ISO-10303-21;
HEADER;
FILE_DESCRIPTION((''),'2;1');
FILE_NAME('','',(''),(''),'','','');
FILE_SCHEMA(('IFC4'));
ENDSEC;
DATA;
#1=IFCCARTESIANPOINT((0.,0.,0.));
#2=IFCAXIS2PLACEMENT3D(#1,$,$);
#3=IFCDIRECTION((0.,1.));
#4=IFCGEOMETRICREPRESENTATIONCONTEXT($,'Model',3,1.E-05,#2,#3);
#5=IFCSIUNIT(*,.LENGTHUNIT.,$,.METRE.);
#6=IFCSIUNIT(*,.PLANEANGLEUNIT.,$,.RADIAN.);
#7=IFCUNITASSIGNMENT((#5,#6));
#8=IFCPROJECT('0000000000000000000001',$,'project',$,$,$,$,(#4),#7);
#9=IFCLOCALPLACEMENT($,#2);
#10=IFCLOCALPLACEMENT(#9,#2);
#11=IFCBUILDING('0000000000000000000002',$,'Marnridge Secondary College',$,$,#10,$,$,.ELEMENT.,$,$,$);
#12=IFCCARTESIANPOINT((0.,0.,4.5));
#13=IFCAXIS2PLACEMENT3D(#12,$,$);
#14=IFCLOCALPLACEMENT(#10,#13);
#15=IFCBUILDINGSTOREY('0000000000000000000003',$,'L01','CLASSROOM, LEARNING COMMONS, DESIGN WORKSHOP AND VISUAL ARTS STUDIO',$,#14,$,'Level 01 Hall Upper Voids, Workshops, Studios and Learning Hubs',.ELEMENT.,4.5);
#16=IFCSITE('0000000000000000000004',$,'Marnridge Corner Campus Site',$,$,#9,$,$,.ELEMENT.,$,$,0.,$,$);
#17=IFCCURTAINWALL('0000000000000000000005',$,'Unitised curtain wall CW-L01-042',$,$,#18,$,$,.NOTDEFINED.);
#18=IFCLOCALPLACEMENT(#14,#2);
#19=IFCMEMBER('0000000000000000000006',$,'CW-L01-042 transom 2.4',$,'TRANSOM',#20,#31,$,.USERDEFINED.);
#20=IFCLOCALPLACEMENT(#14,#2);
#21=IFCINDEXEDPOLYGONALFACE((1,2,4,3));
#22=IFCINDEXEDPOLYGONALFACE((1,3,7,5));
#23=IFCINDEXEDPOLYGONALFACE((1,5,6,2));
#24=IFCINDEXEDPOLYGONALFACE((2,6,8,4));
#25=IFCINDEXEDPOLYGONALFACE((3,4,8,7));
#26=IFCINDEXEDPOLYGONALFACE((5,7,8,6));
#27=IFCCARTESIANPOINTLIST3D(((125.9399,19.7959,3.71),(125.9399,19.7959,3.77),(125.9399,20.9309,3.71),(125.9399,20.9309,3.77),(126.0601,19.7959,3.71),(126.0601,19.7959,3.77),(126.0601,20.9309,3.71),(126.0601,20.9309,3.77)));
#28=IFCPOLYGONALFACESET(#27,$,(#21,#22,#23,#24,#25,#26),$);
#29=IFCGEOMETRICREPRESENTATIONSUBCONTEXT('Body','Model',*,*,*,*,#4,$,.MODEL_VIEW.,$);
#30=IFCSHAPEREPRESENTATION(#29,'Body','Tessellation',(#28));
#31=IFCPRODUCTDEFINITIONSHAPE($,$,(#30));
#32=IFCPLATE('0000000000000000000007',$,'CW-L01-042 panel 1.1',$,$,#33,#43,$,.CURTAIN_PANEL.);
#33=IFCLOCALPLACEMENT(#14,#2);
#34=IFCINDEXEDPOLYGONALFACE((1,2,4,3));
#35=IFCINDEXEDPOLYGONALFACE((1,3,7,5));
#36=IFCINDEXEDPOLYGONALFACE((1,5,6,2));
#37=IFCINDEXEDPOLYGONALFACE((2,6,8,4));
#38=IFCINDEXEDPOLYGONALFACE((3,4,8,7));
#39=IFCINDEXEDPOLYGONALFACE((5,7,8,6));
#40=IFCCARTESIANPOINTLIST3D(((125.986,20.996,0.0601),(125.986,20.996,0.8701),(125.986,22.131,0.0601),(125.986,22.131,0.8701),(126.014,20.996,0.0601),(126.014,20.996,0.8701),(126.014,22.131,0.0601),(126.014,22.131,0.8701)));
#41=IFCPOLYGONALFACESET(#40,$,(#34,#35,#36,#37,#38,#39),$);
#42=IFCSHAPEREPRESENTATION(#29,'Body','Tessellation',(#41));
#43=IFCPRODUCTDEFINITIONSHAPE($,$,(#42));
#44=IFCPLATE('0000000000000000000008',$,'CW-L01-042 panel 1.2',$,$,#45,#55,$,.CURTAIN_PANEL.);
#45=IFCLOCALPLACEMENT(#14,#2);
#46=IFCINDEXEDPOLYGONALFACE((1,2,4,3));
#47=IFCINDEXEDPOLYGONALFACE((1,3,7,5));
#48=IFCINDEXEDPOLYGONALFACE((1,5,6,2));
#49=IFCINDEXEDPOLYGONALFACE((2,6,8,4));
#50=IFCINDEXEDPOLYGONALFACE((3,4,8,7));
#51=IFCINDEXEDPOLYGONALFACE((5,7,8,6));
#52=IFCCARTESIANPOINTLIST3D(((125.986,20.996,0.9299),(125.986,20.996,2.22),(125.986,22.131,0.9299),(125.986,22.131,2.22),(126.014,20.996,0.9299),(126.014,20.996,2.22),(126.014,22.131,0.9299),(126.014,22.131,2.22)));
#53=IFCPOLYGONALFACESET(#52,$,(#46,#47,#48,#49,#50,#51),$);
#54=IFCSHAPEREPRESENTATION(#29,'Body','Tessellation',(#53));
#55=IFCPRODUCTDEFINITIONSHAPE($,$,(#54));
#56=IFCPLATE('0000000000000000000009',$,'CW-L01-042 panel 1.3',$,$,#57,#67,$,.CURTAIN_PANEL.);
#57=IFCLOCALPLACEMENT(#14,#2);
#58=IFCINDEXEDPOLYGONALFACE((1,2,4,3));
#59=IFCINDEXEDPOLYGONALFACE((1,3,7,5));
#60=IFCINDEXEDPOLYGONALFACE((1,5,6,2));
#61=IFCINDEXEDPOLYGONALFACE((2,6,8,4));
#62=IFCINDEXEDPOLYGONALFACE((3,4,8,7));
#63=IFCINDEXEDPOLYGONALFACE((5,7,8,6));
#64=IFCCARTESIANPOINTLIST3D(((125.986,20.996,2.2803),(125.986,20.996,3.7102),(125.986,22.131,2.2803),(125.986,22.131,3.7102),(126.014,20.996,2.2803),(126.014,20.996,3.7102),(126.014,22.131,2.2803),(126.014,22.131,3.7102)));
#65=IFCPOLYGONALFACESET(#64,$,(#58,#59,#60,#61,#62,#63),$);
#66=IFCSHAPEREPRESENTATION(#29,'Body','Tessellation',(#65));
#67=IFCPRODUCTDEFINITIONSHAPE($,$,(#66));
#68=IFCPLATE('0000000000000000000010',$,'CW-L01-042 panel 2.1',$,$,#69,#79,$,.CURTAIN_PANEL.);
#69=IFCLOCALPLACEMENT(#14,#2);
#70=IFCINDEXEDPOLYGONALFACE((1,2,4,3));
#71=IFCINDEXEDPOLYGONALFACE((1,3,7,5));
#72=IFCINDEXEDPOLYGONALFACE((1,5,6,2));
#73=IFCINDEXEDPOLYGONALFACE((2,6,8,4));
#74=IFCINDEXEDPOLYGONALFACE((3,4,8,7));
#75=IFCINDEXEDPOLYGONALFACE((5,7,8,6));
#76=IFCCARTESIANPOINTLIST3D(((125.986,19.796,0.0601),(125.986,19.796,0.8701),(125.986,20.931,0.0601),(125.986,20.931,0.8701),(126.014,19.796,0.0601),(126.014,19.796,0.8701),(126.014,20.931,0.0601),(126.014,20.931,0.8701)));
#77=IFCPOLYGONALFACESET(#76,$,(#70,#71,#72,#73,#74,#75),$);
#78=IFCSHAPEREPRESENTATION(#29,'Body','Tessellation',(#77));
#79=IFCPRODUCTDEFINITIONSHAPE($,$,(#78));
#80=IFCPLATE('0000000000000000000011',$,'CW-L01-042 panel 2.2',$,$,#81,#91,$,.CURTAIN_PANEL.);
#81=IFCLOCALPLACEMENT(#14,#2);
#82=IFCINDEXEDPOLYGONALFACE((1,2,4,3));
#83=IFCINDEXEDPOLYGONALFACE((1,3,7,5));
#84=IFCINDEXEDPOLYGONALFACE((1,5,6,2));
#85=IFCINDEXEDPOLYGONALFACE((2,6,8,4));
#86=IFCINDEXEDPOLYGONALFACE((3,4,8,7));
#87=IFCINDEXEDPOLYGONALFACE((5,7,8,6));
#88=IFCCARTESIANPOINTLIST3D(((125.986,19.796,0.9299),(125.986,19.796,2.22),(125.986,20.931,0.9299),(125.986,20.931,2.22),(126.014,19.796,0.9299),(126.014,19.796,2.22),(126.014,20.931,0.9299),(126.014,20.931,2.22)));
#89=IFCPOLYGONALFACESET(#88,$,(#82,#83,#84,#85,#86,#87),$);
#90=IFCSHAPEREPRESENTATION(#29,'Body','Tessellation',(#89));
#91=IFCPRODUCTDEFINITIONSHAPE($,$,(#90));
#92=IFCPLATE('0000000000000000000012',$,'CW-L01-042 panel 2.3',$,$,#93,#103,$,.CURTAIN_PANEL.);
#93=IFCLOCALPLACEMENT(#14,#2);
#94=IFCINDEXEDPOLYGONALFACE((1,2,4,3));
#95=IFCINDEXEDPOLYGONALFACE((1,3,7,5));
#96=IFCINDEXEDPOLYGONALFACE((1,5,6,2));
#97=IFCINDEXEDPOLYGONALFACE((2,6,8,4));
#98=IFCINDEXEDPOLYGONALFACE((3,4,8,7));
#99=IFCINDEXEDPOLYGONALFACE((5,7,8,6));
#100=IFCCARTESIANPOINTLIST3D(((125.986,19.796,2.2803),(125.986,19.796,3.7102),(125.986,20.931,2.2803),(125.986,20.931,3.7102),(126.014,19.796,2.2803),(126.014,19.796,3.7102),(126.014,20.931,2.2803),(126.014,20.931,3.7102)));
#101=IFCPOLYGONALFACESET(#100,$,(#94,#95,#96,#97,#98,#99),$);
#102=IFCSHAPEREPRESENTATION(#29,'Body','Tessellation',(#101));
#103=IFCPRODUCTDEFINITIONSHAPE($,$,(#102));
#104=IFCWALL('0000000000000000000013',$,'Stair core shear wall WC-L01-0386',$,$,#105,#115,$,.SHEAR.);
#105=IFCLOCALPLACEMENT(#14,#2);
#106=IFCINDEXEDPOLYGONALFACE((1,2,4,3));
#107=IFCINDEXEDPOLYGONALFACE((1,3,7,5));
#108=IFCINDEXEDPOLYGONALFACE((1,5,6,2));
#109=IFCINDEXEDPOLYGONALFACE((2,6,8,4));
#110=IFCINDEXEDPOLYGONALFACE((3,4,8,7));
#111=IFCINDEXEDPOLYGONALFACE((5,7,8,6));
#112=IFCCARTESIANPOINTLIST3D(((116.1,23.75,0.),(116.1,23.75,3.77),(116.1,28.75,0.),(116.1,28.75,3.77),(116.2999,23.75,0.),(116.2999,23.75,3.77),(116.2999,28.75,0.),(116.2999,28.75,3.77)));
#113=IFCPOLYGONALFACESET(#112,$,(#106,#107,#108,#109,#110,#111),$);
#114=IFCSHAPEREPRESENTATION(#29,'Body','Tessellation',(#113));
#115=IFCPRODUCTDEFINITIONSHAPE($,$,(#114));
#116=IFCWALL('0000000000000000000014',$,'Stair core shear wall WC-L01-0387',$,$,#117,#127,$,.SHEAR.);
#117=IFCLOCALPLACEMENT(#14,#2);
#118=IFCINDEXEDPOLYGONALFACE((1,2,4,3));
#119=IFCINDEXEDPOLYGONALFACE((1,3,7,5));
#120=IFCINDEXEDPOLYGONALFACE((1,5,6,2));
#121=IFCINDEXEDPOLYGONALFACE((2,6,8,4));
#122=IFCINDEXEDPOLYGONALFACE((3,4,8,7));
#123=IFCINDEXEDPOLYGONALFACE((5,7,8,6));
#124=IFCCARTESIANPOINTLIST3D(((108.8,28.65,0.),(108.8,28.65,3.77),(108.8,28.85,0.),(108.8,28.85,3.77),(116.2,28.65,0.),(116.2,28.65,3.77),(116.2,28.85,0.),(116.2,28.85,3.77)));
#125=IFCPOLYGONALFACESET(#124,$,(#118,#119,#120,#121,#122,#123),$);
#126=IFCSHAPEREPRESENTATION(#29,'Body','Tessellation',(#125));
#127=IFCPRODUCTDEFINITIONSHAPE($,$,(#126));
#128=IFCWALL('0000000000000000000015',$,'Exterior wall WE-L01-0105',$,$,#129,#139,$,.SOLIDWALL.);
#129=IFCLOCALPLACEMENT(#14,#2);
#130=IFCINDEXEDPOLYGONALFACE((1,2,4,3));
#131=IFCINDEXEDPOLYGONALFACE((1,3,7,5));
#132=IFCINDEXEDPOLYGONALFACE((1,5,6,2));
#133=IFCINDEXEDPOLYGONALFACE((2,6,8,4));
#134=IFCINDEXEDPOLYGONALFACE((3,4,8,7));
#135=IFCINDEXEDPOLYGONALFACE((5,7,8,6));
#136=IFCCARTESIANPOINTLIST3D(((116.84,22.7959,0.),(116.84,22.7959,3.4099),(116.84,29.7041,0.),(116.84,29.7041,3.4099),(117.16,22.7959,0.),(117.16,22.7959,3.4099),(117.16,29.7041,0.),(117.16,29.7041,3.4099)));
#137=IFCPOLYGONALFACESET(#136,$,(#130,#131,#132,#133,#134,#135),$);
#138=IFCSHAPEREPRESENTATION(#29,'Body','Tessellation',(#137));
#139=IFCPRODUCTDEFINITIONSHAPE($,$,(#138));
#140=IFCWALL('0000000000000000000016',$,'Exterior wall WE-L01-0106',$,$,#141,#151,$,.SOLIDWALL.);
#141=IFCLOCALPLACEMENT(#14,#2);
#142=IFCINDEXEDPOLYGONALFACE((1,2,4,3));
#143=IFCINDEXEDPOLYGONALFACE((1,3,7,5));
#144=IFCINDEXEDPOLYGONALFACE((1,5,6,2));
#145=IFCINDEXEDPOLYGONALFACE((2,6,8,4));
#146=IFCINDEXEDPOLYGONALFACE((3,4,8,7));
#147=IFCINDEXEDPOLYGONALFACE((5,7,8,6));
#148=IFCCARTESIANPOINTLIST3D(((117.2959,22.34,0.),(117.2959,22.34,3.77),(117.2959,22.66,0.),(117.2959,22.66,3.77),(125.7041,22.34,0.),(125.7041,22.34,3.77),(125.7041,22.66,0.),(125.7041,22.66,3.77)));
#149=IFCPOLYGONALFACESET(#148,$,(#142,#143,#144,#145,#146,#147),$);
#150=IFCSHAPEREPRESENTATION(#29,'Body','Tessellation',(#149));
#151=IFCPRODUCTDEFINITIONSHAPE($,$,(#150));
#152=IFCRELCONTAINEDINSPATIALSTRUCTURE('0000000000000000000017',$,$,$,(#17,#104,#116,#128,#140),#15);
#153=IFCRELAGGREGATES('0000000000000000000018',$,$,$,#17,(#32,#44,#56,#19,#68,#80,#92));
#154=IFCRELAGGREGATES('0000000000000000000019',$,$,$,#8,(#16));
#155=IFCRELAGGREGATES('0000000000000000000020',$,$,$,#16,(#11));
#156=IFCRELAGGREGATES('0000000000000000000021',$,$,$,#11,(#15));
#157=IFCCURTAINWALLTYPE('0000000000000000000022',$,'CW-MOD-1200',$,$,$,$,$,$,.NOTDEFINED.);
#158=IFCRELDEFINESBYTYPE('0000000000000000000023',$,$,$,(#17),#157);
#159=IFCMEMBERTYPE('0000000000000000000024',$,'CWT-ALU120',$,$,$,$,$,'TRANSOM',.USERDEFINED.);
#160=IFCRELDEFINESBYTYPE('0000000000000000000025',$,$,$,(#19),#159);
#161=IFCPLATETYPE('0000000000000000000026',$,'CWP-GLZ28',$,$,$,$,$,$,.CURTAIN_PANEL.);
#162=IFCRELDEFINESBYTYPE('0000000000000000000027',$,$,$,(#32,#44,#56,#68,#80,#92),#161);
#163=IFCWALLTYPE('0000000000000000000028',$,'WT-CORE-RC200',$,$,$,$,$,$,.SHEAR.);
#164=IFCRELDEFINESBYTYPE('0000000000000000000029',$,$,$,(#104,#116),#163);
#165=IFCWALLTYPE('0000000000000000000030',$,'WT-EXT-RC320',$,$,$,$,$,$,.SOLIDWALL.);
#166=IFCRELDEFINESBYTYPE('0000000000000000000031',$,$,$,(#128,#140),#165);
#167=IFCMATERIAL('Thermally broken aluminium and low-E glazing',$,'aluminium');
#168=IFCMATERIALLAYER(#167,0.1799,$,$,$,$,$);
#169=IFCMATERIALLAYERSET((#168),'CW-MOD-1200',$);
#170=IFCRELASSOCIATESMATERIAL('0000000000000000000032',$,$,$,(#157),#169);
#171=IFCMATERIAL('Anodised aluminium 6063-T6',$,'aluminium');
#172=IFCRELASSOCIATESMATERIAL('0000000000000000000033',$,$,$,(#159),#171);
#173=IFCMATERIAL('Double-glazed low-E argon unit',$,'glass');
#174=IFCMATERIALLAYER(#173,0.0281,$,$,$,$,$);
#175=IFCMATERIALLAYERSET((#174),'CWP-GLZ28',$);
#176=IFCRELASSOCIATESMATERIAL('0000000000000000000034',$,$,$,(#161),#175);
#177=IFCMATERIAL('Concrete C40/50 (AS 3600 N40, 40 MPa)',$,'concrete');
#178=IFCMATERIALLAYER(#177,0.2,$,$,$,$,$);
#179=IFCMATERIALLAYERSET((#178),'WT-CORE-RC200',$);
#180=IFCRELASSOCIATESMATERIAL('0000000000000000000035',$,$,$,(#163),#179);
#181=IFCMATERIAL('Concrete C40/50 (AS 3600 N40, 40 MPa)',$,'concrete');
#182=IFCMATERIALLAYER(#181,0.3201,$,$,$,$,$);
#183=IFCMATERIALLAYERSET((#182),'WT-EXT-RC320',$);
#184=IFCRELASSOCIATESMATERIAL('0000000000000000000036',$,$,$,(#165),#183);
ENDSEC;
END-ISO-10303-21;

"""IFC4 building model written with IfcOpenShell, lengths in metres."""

from ifc_helpers import new_model, si_unit, direction, frame, frame_2d, origin, origin_2d, place, context, subcontext, project, spatial, rectangle, extrude, material, layer, layer_set, material_profile, profile_set, type_object, element, aggregate, save


model = new_model("IFC4")

# Units and contexts
model_context = context("Model", 3, precision=1e-05, world=origin(), true_north=direction((0.0, 1.0)))
body_context = subcontext(model_context, "Body", "Model", "MODEL_VIEW")
ifc_project = project(units=[si_unit("LENGTHUNIT", "METRE"), si_unit("PLANEANGLEUNIT", "RADIAN")], contexts=[model_context])

# Site, building, storey
site_placement = place(None, origin())
site = spatial("IfcSite", under=ifc_project, at=site_placement, Name="Marnridge Corner Campus Site", CompositionType="ELEMENT", RefElevation=0.0)
building_placement = place(site_placement, origin())
building = spatial("IfcBuilding", under=site, at=building_placement, Name="Marnridge Secondary College", CompositionType="ELEMENT")
storey_placement = place(building_placement, frame((0.0, 0.0, 4.5)))
storey = spatial("IfcBuildingStorey", under=building, at=storey_placement, Name="L01", Description="CLASSROOM, LEARNING COMMONS, DESIGN WORKSHOP AND VISUAL ARTS STUDIO", LongName="Level 01 Hall Upper Voids, Workshops, Studios and Learning Hubs", CompositionType="ELEMENT", Elevation=4.5)

# Curtain wall, member, plates
ifc_material_1 = material(Name="Thermally broken aluminium and low-E glazing", Category="aluminium")
ifc_layer_1 = layer(ifc_material_1, 0.1799)
ifc_layer_set_1 = layer_set([ifc_layer_1], Name="CW-MOD-1200")
curtain_wall_type = type_object("IfcCurtainWallType", Name="CW-MOD-1200", PredefinedType="NOTDEFINED", material=ifc_layer_set_1)
curtain_wall_placement = place(storey_placement, origin())
curtain_wall = element("IfcCurtainWall", 1, at=curtain_wall_placement, inside=storey, type_object=curtain_wall_type, Name="Unitised curtain wall CW-L01-042", PredefinedType="NOTDEFINED")
ifc_material_2 = material(Name="Anodised aluminium 6063-T6", Category="aluminium")
ifc_material_profile_1 = material_profile(ifc_material_2, rectangle(XDim=0.0601, YDim=0.1201, at=origin_2d()), Name="ALU 60x120")
ifc_profile_set_1 = profile_set([ifc_material_profile_1], Name="Anodised aluminium 6063-T6")
member_type_1 = type_object("IfcMemberType", Name="CWT-ALU120", ElementType="TRANSOM", PredefinedType="USERDEFINED", material=ifc_profile_set_1)
member_1_placement = place(storey_placement, frame((126.0, 20.9309, 3.74), z_axis=(0.0, -1.0, 0.0), x_axis=(0.0, 0.0, 1.0)))
member_1 = element("IfcMember", 2, at=member_1_placement, type_object=member_type_1, Name="CW-L01-042 transom 2.4", ObjectType="TRANSOM", PredefinedType="USERDEFINED", context=body_context, shape_type="SweptSolid", body=[
    extrude(rectangle(XDim=0.0601, YDim=0.1201, at=origin_2d()), origin(), (0.0, 0.0, 1.0), 1.135),
])
ifc_material_3 = material(Name="Double-glazed low-E argon unit", Category="glass")
ifc_layer_2 = layer(ifc_material_3, 0.0281)
ifc_layer_set_2 = layer_set([ifc_layer_2], Name="CWP-GLZ28")
plate_type = type_object("IfcPlateType", Name="CWP-GLZ28", PredefinedType="CURTAIN_PANEL", material=ifc_layer_set_2)
plate_1_placement = place(storey_placement, frame((126.0, 21.5635, 0.0601), z_axis=(0.0, 0.0, 1.0), x_axis=(0.0, -1.0, 0.0)))
plate_1 = element("IfcPlate", 3, at=plate_1_placement, type_object=plate_type, Name="CW-L01-042 panel 1.1", PredefinedType="CURTAIN_PANEL", context=body_context, shape_type="SweptSolid", body=[
    extrude(rectangle(XDim=1.135, YDim=0.0281, at=origin_2d()), origin(), (0.0, 0.0, 1.0), 0.8101),
])
plate_2_placement = place(storey_placement, frame((126.0, 21.5635, 0.9299), z_axis=(0.0, 0.0, 1.0), x_axis=(0.0, -1.0, 0.0)))
plate_2 = element("IfcPlate", 4, at=plate_2_placement, type_object=plate_type, Name="CW-L01-042 panel 1.2", PredefinedType="CURTAIN_PANEL", context=body_context, shape_type="SweptSolid", body=[
    extrude(rectangle(XDim=1.135, YDim=0.0281, at=origin_2d()), origin(), (0.0, 0.0, 1.0), 1.29),
])
plate_3_placement = place(storey_placement, frame((126.0, 21.5635, 2.2803), z_axis=(0.0, 0.0, 1.0), x_axis=(0.0, -1.0, 0.0)))
plate_3 = element("IfcPlate", 5, at=plate_3_placement, type_object=plate_type, Name="CW-L01-042 panel 1.3", PredefinedType="CURTAIN_PANEL", context=body_context, shape_type="SweptSolid", body=[
    extrude(rectangle(XDim=1.135, YDim=0.0281, at=origin_2d()), origin(), (0.0, 0.0, 1.0), 1.4299),
])
plate_4_placement = place(storey_placement, frame((126.0, 20.3635, 0.0601), z_axis=(0.0, 0.0, 1.0), x_axis=(0.0, -1.0, 0.0)))
plate_4 = element("IfcPlate", 6, at=plate_4_placement, type_object=plate_type, Name="CW-L01-042 panel 2.1", PredefinedType="CURTAIN_PANEL", context=body_context, shape_type="SweptSolid", body=[
    extrude(rectangle(XDim=1.135, YDim=0.0281, at=origin_2d()), origin(), (0.0, 0.0, 1.0), 0.8101),
])
plate_5_placement = place(storey_placement, frame((126.0, 20.3635, 0.9299), z_axis=(0.0, 0.0, 1.0), x_axis=(0.0, -1.0, 0.0)))
plate_5 = element("IfcPlate", 7, at=plate_5_placement, type_object=plate_type, Name="CW-L01-042 panel 2.2", PredefinedType="CURTAIN_PANEL", context=body_context, shape_type="SweptSolid", body=[
    extrude(rectangle(XDim=1.135, YDim=0.0281, at=origin_2d()), origin(), (0.0, 0.0, 1.0), 1.29),
])
plate_6_placement = place(storey_placement, frame((126.0, 20.3635, 2.2803), z_axis=(0.0, 0.0, 1.0), x_axis=(0.0, -1.0, 0.0)))
plate_6 = element("IfcPlate", 8, at=plate_6_placement, type_object=plate_type, Name="CW-L01-042 panel 2.3", PredefinedType="CURTAIN_PANEL", context=body_context, shape_type="SweptSolid", body=[
    extrude(rectangle(XDim=1.135, YDim=0.0281, at=origin_2d()), origin(), (0.0, 0.0, 1.0), 1.4299),
])
aggregate(curtain_wall, [plate_1, plate_2, plate_3, member_1, plate_4, plate_5, plate_6])

# Walls
ifc_material_4 = material(Name="Concrete C40/50 (AS 3600 N40, 40 MPa)", Category="concrete")
ifc_layer_3 = layer(ifc_material_4, 0.2)
ifc_layer_set_3 = layer_set([ifc_layer_3], Name="WT-CORE-RC200")
wall_type_1 = type_object("IfcWallType", Name="WT-CORE-RC200", PredefinedType="SHEAR", material=ifc_layer_set_3)
wall_1_placement = place(storey_placement, frame((116.2, 23.75, 0.0), z_axis=(0.0, 0.0, 1.0), x_axis=(0.0, 1.0, 0.0)))
element("IfcWall", 9, at=wall_1_placement, inside=storey, type_object=wall_type_1, Name="Stair core shear wall WC-L01-0386", PredefinedType="SHEAR", context=body_context, shape_type="SweptSolid", body=[
    extrude(rectangle(XDim=5.0, YDim=0.2, at=frame_2d((2.5, 0.0))), origin(), (0.0, 0.0, 1.0), 3.77),
])
wall_2_placement = place(storey_placement, frame((116.2, 28.75, 0.0), z_axis=(0.0, 0.0, 1.0), x_axis=(-1.0, 0.0, 0.0)))
element("IfcWall", 10, at=wall_2_placement, inside=storey, type_object=wall_type_1, Name="Stair core shear wall WC-L01-0387", PredefinedType="SHEAR", context=body_context, shape_type="SweptSolid", body=[
    extrude(rectangle(XDim=7.3999, YDim=0.2, at=frame_2d((3.7, 0.0))), origin(), (0.0, 0.0, 1.0), 3.77),
])
ifc_material_5 = material(Name="Concrete C40/50 (AS 3600 N40, 40 MPa)", Category="concrete")
ifc_layer_4 = layer(ifc_material_5, 0.3201)
ifc_layer_set_4 = layer_set([ifc_layer_4], Name="WT-EXT-RC320")
wall_type_2 = type_object("IfcWallType", Name="WT-EXT-RC320", PredefinedType="SOLIDWALL", material=ifc_layer_set_4)
wall_3_placement = place(storey_placement, frame((117.0, 29.7041, 0.0), z_axis=(0.0, 0.0, 1.0), x_axis=(0.0, -1.0, 0.0)))
element("IfcWall", 11, at=wall_3_placement, inside=storey, type_object=wall_type_2, Name="Exterior wall WE-L01-0105", PredefinedType="SOLIDWALL", context=body_context, shape_type="SweptSolid", body=[
    extrude(rectangle(XDim=6.9082, YDim=0.3201, at=frame_2d((3.4541, 0.0))), origin(), (0.0, 0.0, 1.0), 3.4099),
])
wall_4_placement = place(storey_placement, frame((117.2959, 22.5, 0.0), z_axis=(0.0, 0.0, 1.0), x_axis=(1.0, 0.0, 0.0)))
element("IfcWall", 12, at=wall_4_placement, inside=storey, type_object=wall_type_2, Name="Exterior wall WE-L01-0106", PredefinedType="SOLIDWALL", context=body_context, shape_type="SweptSolid", body=[
    extrude(rectangle(XDim=8.4082, YDim=0.3201, at=frame_2d((4.2041, 0.0))), origin(), (0.0, 0.0, 1.0), 3.77),
])

save(model, "model.ifc")
